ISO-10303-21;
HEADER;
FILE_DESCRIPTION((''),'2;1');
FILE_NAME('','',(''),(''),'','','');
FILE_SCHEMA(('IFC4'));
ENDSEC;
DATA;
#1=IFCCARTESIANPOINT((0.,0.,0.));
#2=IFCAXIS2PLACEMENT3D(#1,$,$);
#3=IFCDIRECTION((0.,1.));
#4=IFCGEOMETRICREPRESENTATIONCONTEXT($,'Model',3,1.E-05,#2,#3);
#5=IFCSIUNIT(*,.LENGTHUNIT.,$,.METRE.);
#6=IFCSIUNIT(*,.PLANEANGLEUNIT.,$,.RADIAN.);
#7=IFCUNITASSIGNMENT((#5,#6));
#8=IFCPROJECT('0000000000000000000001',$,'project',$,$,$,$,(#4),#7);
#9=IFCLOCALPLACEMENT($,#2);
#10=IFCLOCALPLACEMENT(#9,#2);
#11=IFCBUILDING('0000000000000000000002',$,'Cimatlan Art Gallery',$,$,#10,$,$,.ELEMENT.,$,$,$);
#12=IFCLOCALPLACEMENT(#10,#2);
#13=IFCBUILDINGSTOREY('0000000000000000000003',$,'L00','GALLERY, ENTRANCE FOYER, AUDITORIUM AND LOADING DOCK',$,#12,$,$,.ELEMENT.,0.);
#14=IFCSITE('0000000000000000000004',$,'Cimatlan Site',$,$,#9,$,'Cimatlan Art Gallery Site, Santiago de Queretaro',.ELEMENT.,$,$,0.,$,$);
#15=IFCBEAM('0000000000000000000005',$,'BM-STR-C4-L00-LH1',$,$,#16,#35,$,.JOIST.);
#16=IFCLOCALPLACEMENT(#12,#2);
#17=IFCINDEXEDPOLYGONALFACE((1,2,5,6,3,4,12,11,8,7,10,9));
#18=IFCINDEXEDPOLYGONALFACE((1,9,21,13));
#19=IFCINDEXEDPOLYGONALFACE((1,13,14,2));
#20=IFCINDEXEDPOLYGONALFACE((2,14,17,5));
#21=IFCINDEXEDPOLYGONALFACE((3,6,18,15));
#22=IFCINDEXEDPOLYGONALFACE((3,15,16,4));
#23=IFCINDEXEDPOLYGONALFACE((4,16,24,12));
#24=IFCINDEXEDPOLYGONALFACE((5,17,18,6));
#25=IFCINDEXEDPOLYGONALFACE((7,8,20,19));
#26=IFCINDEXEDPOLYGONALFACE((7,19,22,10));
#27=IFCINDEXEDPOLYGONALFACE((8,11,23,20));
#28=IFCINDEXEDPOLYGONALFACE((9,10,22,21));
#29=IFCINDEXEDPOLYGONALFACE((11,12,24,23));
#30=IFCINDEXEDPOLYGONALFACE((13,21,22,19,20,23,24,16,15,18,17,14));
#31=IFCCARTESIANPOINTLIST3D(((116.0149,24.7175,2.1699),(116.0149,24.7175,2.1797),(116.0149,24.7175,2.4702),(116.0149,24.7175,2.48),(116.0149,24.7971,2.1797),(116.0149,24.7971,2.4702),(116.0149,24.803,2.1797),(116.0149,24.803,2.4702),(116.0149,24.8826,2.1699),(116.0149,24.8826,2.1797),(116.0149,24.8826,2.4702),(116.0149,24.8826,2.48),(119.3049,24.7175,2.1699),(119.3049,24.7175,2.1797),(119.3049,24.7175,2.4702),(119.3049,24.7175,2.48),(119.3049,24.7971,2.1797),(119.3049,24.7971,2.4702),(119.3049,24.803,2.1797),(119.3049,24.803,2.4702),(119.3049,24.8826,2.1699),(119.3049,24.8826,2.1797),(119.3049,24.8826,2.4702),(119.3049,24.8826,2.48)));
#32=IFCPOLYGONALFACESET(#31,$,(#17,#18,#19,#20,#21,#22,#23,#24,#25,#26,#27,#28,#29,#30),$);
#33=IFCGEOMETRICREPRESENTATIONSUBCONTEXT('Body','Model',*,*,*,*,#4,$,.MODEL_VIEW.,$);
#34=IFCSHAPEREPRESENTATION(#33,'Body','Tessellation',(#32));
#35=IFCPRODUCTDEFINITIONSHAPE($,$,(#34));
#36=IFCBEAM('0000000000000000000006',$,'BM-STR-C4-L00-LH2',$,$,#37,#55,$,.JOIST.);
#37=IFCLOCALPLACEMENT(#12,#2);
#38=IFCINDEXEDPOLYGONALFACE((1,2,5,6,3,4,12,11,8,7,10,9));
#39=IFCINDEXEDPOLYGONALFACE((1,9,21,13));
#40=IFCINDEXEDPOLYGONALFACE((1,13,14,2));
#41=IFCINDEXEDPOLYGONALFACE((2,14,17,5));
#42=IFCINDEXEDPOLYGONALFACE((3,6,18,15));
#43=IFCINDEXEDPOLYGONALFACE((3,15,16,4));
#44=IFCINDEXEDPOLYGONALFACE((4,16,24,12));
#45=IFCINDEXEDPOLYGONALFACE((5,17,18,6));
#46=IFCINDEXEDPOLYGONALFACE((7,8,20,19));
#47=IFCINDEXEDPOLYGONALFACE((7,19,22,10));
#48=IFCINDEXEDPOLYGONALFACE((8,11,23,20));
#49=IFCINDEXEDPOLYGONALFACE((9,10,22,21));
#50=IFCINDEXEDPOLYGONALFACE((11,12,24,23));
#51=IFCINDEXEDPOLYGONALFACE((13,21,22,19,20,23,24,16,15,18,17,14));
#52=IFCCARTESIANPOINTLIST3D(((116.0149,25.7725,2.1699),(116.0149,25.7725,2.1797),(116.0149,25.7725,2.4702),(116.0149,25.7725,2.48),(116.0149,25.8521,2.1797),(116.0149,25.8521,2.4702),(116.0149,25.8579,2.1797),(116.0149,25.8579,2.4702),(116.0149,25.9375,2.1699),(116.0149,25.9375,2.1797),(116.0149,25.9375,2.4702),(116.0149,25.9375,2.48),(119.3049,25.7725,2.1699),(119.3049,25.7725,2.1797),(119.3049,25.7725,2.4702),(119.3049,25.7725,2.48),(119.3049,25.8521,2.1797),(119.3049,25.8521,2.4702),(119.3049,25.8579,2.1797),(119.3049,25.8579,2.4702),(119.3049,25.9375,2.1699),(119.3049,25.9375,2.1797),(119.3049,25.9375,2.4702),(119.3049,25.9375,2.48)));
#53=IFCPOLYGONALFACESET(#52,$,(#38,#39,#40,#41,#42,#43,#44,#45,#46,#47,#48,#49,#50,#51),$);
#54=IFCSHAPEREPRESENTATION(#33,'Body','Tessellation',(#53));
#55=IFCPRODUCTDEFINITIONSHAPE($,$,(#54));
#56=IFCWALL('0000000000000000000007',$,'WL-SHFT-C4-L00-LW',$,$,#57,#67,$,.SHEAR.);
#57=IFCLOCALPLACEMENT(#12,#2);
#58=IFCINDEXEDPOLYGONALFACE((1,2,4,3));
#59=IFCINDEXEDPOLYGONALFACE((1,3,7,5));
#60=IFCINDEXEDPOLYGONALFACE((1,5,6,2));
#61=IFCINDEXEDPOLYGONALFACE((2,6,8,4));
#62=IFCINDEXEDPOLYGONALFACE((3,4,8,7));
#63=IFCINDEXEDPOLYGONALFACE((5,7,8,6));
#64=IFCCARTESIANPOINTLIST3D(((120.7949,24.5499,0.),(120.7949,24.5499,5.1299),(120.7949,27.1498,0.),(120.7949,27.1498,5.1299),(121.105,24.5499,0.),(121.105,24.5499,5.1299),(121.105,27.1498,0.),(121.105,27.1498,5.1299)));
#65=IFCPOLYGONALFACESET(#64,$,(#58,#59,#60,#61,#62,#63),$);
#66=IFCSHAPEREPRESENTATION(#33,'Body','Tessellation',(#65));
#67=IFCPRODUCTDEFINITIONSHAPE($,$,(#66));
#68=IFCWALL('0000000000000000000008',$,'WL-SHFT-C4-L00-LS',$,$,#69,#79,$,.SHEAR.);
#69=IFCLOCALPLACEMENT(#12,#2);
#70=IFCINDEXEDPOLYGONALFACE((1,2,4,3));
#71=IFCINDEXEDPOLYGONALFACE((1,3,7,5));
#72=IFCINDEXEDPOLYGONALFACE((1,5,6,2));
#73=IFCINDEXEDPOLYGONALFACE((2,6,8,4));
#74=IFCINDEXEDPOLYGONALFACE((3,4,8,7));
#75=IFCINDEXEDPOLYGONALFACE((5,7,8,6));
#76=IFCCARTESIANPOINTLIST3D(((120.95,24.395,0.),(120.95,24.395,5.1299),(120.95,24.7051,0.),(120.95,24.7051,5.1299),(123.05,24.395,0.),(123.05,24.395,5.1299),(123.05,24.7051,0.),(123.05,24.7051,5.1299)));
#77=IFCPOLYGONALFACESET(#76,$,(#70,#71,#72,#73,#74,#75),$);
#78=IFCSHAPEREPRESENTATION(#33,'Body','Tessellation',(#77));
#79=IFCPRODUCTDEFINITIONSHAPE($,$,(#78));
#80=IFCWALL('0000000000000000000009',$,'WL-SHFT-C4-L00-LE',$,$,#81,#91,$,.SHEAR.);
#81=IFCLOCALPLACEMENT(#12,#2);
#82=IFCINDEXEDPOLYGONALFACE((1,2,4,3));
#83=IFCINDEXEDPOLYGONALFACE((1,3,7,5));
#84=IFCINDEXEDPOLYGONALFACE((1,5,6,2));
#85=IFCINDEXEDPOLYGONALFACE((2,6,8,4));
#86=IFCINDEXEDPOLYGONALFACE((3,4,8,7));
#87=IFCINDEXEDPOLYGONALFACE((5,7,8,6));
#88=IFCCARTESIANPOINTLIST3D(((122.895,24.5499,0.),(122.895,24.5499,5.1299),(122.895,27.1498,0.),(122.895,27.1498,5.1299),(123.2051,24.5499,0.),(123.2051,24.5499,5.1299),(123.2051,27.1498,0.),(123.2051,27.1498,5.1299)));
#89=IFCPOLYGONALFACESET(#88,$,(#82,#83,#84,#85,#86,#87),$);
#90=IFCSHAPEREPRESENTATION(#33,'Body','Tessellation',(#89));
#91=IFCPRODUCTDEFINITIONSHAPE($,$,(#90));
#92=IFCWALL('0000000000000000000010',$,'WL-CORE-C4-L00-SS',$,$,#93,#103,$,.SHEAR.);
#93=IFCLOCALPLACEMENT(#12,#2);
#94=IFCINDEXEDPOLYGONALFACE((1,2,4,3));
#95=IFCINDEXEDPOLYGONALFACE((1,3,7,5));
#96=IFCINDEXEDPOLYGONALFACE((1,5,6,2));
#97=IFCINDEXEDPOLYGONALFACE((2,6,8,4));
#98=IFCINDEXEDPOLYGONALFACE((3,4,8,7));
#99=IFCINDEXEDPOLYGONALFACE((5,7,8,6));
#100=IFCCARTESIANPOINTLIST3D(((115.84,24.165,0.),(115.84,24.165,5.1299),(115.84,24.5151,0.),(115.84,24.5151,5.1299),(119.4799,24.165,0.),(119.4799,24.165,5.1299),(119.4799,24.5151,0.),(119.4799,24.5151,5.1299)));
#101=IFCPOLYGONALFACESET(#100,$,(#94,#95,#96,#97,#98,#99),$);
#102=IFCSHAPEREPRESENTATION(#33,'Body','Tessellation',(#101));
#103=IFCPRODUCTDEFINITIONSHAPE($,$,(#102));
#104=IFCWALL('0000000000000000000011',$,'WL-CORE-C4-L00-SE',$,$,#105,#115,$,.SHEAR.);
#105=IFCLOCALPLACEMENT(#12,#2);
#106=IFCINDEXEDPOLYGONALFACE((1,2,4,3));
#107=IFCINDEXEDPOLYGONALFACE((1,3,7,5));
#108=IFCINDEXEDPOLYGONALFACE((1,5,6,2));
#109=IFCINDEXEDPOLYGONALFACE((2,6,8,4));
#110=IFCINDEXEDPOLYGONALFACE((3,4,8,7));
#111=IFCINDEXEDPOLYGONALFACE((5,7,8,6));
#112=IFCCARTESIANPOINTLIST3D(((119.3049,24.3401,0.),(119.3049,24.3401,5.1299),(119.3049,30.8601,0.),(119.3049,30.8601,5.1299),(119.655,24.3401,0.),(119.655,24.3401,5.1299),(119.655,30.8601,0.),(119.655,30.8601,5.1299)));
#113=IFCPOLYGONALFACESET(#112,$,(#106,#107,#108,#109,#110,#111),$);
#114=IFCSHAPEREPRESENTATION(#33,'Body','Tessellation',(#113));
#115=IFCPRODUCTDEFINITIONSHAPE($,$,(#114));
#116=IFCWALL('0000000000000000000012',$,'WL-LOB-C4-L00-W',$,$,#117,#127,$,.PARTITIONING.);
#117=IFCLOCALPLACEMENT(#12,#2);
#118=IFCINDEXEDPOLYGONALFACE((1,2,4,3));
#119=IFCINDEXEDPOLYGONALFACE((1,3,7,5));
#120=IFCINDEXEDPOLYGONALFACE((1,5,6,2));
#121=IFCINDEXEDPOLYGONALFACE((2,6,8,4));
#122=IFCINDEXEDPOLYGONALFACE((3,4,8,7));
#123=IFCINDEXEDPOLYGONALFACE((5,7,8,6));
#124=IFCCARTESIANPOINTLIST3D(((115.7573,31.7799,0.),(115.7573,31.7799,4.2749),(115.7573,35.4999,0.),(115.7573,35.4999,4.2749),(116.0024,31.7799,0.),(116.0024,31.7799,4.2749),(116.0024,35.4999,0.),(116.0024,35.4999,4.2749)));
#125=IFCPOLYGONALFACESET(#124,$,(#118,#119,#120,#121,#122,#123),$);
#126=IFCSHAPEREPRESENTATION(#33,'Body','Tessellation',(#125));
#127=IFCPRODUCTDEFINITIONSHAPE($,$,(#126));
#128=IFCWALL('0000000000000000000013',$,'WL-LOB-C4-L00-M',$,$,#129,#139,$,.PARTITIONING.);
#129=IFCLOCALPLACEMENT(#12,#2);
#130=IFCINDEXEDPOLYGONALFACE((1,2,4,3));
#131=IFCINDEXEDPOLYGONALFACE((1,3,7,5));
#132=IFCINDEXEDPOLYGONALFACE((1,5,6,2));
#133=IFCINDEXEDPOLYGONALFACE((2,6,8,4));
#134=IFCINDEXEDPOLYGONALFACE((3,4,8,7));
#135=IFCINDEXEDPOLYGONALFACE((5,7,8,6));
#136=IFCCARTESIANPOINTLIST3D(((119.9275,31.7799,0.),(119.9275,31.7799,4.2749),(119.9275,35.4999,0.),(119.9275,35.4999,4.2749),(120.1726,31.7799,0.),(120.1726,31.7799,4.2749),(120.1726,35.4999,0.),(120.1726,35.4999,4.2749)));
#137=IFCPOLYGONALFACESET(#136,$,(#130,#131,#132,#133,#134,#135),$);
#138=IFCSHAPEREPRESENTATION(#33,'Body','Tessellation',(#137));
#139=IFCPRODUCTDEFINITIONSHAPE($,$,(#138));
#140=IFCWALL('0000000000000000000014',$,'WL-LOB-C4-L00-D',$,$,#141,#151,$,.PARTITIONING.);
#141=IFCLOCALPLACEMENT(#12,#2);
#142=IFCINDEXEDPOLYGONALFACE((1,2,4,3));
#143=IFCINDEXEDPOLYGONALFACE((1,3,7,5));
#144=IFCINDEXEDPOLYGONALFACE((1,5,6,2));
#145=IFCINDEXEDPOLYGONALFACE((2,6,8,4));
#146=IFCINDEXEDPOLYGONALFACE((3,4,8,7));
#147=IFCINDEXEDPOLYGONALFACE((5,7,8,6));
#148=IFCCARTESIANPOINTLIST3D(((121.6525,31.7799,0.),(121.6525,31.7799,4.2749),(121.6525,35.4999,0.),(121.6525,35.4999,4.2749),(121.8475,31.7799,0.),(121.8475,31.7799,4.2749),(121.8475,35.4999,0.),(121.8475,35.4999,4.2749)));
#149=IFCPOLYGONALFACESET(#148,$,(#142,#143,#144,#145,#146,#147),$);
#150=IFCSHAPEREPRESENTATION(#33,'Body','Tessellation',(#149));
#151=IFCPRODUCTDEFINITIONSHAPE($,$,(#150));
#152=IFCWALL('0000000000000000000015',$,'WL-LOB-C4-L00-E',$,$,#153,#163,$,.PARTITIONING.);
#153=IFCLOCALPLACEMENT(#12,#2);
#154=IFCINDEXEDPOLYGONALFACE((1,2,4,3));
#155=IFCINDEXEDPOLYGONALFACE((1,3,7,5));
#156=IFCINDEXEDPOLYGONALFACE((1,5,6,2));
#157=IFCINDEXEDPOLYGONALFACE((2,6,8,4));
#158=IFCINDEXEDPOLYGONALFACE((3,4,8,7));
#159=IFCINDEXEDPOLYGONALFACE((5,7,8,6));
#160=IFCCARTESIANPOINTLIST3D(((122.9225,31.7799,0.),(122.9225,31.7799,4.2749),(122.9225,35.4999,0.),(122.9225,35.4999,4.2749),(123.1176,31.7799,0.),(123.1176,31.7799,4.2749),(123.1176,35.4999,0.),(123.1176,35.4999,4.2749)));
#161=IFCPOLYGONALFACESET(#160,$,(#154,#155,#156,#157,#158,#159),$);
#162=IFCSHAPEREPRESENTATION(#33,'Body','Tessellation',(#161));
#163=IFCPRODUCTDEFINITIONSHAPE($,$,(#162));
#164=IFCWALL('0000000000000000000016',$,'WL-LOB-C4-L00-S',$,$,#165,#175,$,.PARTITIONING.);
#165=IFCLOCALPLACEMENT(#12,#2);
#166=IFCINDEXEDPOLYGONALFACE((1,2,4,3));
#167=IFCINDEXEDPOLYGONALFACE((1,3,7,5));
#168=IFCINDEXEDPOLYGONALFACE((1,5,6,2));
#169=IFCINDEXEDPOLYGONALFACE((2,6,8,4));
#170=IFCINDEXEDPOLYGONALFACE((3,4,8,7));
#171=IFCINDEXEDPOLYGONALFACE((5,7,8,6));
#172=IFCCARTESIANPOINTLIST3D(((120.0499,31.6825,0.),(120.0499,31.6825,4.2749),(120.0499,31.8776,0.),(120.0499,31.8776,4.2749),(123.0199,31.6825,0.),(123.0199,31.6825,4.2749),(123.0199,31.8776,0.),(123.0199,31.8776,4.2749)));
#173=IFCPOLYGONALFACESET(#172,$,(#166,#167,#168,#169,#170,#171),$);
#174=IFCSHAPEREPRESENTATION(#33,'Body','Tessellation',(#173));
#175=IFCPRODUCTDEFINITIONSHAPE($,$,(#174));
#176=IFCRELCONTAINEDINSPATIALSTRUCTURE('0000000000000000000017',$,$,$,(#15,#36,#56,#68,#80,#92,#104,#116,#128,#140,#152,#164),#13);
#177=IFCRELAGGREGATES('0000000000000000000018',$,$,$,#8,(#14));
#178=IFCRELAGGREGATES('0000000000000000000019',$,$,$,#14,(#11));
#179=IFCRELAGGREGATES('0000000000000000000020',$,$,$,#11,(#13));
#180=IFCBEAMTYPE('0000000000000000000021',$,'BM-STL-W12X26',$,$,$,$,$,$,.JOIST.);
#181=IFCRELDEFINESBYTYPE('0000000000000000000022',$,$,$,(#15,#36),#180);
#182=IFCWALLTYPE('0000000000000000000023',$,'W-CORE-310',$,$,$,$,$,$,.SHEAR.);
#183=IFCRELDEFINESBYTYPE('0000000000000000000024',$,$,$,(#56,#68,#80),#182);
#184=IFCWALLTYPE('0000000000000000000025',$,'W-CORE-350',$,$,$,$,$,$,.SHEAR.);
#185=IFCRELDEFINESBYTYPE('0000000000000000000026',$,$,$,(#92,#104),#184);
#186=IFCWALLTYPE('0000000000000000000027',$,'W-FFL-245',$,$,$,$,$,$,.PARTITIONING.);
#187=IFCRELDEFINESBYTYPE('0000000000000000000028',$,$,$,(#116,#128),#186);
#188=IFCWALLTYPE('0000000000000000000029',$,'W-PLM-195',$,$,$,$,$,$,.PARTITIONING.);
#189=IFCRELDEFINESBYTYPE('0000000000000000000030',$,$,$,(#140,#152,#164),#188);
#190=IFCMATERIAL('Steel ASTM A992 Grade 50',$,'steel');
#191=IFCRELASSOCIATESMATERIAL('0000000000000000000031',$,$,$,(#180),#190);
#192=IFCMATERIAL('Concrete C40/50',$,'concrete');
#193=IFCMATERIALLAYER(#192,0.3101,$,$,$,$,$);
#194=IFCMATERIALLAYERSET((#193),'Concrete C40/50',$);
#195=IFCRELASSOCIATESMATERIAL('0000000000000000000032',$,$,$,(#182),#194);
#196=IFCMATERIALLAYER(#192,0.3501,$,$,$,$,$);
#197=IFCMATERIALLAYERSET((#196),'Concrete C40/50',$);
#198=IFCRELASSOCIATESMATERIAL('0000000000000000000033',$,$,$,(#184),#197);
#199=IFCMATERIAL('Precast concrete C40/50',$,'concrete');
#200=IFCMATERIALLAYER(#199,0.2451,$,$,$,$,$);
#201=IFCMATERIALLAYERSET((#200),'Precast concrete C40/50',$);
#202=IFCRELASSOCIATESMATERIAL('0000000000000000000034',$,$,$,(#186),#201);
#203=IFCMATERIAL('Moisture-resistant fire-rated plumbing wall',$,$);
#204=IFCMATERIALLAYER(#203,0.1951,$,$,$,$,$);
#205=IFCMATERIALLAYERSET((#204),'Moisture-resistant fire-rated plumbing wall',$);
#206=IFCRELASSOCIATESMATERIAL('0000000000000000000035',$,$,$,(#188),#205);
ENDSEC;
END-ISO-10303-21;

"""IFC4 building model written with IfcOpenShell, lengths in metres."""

from ifc_helpers import new_model, si_unit, direction, frame, frame_2d, origin, origin_2d, place, context, subcontext, project, spatial, rectangle, i_section, extrude, material, layer, layer_set, material_profile, profile_set, type_object, element, save


model = new_model("IFC4")

# Units and contexts
model_context = context("Model", 3, precision=1e-05, world=origin(), true_north=direction((0.0, 1.0)))
body_context = subcontext(model_context, "Body", "Model", "MODEL_VIEW")
ifc_project = project(units=[si_unit("LENGTHUNIT", "METRE"), si_unit("PLANEANGLEUNIT", "RADIAN")], contexts=[model_context])

# Site, building, storey
site_placement = place(None, origin())
site = spatial("IfcSite", under=ifc_project, at=site_placement, Name="Cimatlan Site", LongName="Cimatlan Art Gallery Site, Santiago de Queretaro", CompositionType="ELEMENT", RefElevation=0.0)
building_placement = place(site_placement, origin())
building = spatial("IfcBuilding", under=site, at=building_placement, Name="Cimatlan Art Gallery", CompositionType="ELEMENT")
storey_placement = place(building_placement, origin())
storey = spatial("IfcBuildingStorey", under=building, at=storey_placement, Name="L00", Description="GALLERY, ENTRANCE FOYER, AUDITORIUM AND LOADING DOCK", CompositionType="ELEMENT", Elevation=0.0)

# Beams
ifc_material_1 = material(Name="Steel ASTM A992 Grade 50", Category="steel")
ifc_material_profile = material_profile(ifc_material_1, i_section(OverallWidth=0.165, OverallDepth=0.3101, WebThickness=0.0059, FlangeThickness=0.0098, at=origin_2d()), Name="W12X26")
ifc_profile_set = profile_set([ifc_material_profile], Name="Steel ASTM A992 Grade 50")
beam_type = type_object("IfcBeamType", Name="BM-STL-W12X26", PredefinedType="JOIST", material=ifc_profile_set)
for number, where, z_axis, x_axis, name in (
    (1, (116.0149, 24.8, 2.325), (1.0, 0.0, 0.0), (0.0, 1.0, 0.0), "BM-STR-C4-L00-LH1"),
    (2, (116.0149, 25.855, 2.325), (1.0, 0.0, 0.0), (0.0, 1.0, 0.0), "BM-STR-C4-L00-LH2"),
):
    element("IfcBeam", number, at=place(storey_placement, frame(where, z_axis=z_axis, x_axis=x_axis)), inside=storey, type_object=beam_type, Name=name, PredefinedType="JOIST", context=body_context, shape_type="SweptSolid", body=[
        extrude(i_section(OverallWidth=0.165, OverallDepth=0.3101, WebThickness=0.0059, FlangeThickness=0.0098, at=origin_2d()), origin(), (0.0, 0.0, 1.0), 3.29),
    ])

# Walls
ifc_material_2 = material(Name="Concrete C40/50", Category="concrete")
ifc_layer_1 = layer(ifc_material_2, 0.3101)
ifc_layer_set_1 = layer_set([ifc_layer_1], Name="Concrete C40/50")
wall_type_1 = type_object("IfcWallType", Name="W-CORE-310", PredefinedType="SHEAR", material=ifc_layer_set_1)
wall_1_placement = place(storey_placement, frame((120.95, 24.55, 0.0), z_axis=(0.0, 0.0, 1.0), x_axis=(0.0, 1.0, 0.0)))
element("IfcWall", 3, at=wall_1_placement, inside=storey, type_object=wall_type_1, Name="WL-SHFT-C4-L00-LW", PredefinedType="SHEAR", context=body_context, shape_type="SweptSolid", body=[
    extrude(rectangle(XDim=2.5999, YDim=0.3101, at=frame_2d((1.2998, 0.0))), origin(), (0.0, 0.0, 1.0), 5.1299),
])
wall_2_placement = place(storey_placement, frame((120.95, 24.55, 0.0), z_axis=(0.0, 0.0, 1.0), x_axis=(1.0, 0.0, 0.0)))
element("IfcWall", 4, at=wall_2_placement, inside=storey, type_object=wall_type_1, Name="WL-SHFT-C4-L00-LS", PredefinedType="SHEAR", context=body_context, shape_type="SweptSolid", body=[
    extrude(rectangle(XDim=2.1001, YDim=0.3101, at=frame_2d((1.05, 0.0))), origin(), (0.0, 0.0, 1.0), 5.1299),
])
wall_3_placement = place(storey_placement, frame((123.05, 24.55, 0.0), z_axis=(0.0, 0.0, 1.0), x_axis=(0.0, 1.0, 0.0)))
element("IfcWall", 5, at=wall_3_placement, inside=storey, type_object=wall_type_1, Name="WL-SHFT-C4-L00-LE", PredefinedType="SHEAR", context=body_context, shape_type="SweptSolid", body=[
    extrude(rectangle(XDim=2.5999, YDim=0.3101, at=frame_2d((1.2998, 0.0))), origin(), (0.0, 0.0, 1.0), 5.1299),
])

# Walls
ifc_layer_2 = layer(ifc_material_2, 0.3501)
ifc_layer_set_2 = layer_set([ifc_layer_2], Name="Concrete C40/50")
wall_type_2 = type_object("IfcWallType", Name="W-CORE-350", PredefinedType="SHEAR", material=ifc_layer_set_2)
wall_4_placement = place(storey_placement, frame((115.8401, 24.3401, 0.0), z_axis=(0.0, 0.0, 1.0), x_axis=(1.0, 0.0, 0.0)))
element("IfcWall", 6, at=wall_4_placement, inside=storey, type_object=wall_type_2, Name="WL-CORE-C4-L00-SS", PredefinedType="SHEAR", context=body_context, shape_type="SweptSolid", body=[
    extrude(rectangle(XDim=3.6399, YDim=0.3501, at=frame_2d((1.8198, 0.0))), origin(), (0.0, 0.0, 1.0), 5.1299),
])
wall_5_placement = place(storey_placement, frame((119.48, 24.3401, 0.0), z_axis=(0.0, 0.0, 1.0), x_axis=(0.0, 1.0, 0.0)))
element("IfcWall", 7, at=wall_5_placement, inside=storey, type_object=wall_type_2, Name="WL-CORE-C4-L00-SE", PredefinedType="SHEAR", context=body_context, shape_type="SweptSolid", body=[
    extrude(rectangle(XDim=6.52, YDim=0.3501, at=frame_2d((3.26, 0.0))), origin(), (0.0, 0.0, 1.0), 5.1299),
])

# Shared definitions
ifc_material_3 = material(Name="Precast concrete C40/50", Category="concrete")
ifc_layer_3 = layer(ifc_material_3, 0.2451)
ifc_layer_set_3 = layer_set([ifc_layer_3], Name="Precast concrete C40/50")
wall_type_3 = type_object("IfcWallType", Name="W-FFL-245", PredefinedType="PARTITIONING", material=ifc_layer_set_3)

# Walls
for number, where, z_axis, x_axis, name in (
    (8, (115.8799, 31.78, 0.0), (0.0, 0.0, 1.0), (0.0, 1.0, 0.0), "WL-LOB-C4-L00-W"),
    (9, (120.05, 31.78, 0.0), (0.0, 0.0, 1.0), (0.0, 1.0, 0.0), "WL-LOB-C4-L00-M"),
):
    element("IfcWall", number, at=place(storey_placement, frame(where, z_axis=z_axis, x_axis=x_axis)), inside=storey, type_object=wall_type_3, Name=name, PredefinedType="PARTITIONING", context=body_context, shape_type="SweptSolid", body=[
        extrude(rectangle(XDim=3.72, YDim=0.2451, at=frame_2d((1.8599, 0.0))), origin(), (0.0, 0.0, 1.0), 4.2749),
    ])
ifc_material_4 = material(Name="Moisture-resistant fire-rated plumbing wall")
ifc_layer_4 = layer(ifc_material_4, 0.1951)
ifc_layer_set_4 = layer_set([ifc_layer_4], Name="Moisture-resistant fire-rated plumbing wall")
wall_type_4 = type_object("IfcWallType", Name="W-PLM-195", PredefinedType="PARTITIONING", material=ifc_layer_set_4)
for number, where, z_axis, x_axis, name in (
    (10, (121.75, 31.78, 0.0), (0.0, 0.0, 1.0), (0.0, 1.0, 0.0), "WL-LOB-C4-L00-D"),
    (11, (123.02, 31.78, 0.0), (0.0, 0.0, 1.0), (0.0, 1.0, 0.0), "WL-LOB-C4-L00-E"),
):
    element("IfcWall", number, at=place(storey_placement, frame(where, z_axis=z_axis, x_axis=x_axis)), inside=storey, type_object=wall_type_4, Name=name, PredefinedType="PARTITIONING", context=body_context, shape_type="SweptSolid", body=[
        extrude(rectangle(XDim=3.72, YDim=0.1951, at=frame_2d((1.8599, 0.0))), origin(), (0.0, 0.0, 1.0), 4.2749),
    ])
wall_6_placement = place(storey_placement, frame((120.05, 31.78, 0.0), z_axis=(0.0, 0.0, 1.0), x_axis=(1.0, 0.0, 0.0)))
element("IfcWall", 12, at=wall_6_placement, inside=storey, type_object=wall_type_4, Name="WL-LOB-C4-L00-S", PredefinedType="PARTITIONING", context=body_context, shape_type="SweptSolid", body=[
    extrude(rectangle(XDim=2.97, YDim=0.1951, at=frame_2d((1.4849, 0.0))), origin(), (0.0, 0.0, 1.0), 4.2749),
])

save(model, "model.ifc")
